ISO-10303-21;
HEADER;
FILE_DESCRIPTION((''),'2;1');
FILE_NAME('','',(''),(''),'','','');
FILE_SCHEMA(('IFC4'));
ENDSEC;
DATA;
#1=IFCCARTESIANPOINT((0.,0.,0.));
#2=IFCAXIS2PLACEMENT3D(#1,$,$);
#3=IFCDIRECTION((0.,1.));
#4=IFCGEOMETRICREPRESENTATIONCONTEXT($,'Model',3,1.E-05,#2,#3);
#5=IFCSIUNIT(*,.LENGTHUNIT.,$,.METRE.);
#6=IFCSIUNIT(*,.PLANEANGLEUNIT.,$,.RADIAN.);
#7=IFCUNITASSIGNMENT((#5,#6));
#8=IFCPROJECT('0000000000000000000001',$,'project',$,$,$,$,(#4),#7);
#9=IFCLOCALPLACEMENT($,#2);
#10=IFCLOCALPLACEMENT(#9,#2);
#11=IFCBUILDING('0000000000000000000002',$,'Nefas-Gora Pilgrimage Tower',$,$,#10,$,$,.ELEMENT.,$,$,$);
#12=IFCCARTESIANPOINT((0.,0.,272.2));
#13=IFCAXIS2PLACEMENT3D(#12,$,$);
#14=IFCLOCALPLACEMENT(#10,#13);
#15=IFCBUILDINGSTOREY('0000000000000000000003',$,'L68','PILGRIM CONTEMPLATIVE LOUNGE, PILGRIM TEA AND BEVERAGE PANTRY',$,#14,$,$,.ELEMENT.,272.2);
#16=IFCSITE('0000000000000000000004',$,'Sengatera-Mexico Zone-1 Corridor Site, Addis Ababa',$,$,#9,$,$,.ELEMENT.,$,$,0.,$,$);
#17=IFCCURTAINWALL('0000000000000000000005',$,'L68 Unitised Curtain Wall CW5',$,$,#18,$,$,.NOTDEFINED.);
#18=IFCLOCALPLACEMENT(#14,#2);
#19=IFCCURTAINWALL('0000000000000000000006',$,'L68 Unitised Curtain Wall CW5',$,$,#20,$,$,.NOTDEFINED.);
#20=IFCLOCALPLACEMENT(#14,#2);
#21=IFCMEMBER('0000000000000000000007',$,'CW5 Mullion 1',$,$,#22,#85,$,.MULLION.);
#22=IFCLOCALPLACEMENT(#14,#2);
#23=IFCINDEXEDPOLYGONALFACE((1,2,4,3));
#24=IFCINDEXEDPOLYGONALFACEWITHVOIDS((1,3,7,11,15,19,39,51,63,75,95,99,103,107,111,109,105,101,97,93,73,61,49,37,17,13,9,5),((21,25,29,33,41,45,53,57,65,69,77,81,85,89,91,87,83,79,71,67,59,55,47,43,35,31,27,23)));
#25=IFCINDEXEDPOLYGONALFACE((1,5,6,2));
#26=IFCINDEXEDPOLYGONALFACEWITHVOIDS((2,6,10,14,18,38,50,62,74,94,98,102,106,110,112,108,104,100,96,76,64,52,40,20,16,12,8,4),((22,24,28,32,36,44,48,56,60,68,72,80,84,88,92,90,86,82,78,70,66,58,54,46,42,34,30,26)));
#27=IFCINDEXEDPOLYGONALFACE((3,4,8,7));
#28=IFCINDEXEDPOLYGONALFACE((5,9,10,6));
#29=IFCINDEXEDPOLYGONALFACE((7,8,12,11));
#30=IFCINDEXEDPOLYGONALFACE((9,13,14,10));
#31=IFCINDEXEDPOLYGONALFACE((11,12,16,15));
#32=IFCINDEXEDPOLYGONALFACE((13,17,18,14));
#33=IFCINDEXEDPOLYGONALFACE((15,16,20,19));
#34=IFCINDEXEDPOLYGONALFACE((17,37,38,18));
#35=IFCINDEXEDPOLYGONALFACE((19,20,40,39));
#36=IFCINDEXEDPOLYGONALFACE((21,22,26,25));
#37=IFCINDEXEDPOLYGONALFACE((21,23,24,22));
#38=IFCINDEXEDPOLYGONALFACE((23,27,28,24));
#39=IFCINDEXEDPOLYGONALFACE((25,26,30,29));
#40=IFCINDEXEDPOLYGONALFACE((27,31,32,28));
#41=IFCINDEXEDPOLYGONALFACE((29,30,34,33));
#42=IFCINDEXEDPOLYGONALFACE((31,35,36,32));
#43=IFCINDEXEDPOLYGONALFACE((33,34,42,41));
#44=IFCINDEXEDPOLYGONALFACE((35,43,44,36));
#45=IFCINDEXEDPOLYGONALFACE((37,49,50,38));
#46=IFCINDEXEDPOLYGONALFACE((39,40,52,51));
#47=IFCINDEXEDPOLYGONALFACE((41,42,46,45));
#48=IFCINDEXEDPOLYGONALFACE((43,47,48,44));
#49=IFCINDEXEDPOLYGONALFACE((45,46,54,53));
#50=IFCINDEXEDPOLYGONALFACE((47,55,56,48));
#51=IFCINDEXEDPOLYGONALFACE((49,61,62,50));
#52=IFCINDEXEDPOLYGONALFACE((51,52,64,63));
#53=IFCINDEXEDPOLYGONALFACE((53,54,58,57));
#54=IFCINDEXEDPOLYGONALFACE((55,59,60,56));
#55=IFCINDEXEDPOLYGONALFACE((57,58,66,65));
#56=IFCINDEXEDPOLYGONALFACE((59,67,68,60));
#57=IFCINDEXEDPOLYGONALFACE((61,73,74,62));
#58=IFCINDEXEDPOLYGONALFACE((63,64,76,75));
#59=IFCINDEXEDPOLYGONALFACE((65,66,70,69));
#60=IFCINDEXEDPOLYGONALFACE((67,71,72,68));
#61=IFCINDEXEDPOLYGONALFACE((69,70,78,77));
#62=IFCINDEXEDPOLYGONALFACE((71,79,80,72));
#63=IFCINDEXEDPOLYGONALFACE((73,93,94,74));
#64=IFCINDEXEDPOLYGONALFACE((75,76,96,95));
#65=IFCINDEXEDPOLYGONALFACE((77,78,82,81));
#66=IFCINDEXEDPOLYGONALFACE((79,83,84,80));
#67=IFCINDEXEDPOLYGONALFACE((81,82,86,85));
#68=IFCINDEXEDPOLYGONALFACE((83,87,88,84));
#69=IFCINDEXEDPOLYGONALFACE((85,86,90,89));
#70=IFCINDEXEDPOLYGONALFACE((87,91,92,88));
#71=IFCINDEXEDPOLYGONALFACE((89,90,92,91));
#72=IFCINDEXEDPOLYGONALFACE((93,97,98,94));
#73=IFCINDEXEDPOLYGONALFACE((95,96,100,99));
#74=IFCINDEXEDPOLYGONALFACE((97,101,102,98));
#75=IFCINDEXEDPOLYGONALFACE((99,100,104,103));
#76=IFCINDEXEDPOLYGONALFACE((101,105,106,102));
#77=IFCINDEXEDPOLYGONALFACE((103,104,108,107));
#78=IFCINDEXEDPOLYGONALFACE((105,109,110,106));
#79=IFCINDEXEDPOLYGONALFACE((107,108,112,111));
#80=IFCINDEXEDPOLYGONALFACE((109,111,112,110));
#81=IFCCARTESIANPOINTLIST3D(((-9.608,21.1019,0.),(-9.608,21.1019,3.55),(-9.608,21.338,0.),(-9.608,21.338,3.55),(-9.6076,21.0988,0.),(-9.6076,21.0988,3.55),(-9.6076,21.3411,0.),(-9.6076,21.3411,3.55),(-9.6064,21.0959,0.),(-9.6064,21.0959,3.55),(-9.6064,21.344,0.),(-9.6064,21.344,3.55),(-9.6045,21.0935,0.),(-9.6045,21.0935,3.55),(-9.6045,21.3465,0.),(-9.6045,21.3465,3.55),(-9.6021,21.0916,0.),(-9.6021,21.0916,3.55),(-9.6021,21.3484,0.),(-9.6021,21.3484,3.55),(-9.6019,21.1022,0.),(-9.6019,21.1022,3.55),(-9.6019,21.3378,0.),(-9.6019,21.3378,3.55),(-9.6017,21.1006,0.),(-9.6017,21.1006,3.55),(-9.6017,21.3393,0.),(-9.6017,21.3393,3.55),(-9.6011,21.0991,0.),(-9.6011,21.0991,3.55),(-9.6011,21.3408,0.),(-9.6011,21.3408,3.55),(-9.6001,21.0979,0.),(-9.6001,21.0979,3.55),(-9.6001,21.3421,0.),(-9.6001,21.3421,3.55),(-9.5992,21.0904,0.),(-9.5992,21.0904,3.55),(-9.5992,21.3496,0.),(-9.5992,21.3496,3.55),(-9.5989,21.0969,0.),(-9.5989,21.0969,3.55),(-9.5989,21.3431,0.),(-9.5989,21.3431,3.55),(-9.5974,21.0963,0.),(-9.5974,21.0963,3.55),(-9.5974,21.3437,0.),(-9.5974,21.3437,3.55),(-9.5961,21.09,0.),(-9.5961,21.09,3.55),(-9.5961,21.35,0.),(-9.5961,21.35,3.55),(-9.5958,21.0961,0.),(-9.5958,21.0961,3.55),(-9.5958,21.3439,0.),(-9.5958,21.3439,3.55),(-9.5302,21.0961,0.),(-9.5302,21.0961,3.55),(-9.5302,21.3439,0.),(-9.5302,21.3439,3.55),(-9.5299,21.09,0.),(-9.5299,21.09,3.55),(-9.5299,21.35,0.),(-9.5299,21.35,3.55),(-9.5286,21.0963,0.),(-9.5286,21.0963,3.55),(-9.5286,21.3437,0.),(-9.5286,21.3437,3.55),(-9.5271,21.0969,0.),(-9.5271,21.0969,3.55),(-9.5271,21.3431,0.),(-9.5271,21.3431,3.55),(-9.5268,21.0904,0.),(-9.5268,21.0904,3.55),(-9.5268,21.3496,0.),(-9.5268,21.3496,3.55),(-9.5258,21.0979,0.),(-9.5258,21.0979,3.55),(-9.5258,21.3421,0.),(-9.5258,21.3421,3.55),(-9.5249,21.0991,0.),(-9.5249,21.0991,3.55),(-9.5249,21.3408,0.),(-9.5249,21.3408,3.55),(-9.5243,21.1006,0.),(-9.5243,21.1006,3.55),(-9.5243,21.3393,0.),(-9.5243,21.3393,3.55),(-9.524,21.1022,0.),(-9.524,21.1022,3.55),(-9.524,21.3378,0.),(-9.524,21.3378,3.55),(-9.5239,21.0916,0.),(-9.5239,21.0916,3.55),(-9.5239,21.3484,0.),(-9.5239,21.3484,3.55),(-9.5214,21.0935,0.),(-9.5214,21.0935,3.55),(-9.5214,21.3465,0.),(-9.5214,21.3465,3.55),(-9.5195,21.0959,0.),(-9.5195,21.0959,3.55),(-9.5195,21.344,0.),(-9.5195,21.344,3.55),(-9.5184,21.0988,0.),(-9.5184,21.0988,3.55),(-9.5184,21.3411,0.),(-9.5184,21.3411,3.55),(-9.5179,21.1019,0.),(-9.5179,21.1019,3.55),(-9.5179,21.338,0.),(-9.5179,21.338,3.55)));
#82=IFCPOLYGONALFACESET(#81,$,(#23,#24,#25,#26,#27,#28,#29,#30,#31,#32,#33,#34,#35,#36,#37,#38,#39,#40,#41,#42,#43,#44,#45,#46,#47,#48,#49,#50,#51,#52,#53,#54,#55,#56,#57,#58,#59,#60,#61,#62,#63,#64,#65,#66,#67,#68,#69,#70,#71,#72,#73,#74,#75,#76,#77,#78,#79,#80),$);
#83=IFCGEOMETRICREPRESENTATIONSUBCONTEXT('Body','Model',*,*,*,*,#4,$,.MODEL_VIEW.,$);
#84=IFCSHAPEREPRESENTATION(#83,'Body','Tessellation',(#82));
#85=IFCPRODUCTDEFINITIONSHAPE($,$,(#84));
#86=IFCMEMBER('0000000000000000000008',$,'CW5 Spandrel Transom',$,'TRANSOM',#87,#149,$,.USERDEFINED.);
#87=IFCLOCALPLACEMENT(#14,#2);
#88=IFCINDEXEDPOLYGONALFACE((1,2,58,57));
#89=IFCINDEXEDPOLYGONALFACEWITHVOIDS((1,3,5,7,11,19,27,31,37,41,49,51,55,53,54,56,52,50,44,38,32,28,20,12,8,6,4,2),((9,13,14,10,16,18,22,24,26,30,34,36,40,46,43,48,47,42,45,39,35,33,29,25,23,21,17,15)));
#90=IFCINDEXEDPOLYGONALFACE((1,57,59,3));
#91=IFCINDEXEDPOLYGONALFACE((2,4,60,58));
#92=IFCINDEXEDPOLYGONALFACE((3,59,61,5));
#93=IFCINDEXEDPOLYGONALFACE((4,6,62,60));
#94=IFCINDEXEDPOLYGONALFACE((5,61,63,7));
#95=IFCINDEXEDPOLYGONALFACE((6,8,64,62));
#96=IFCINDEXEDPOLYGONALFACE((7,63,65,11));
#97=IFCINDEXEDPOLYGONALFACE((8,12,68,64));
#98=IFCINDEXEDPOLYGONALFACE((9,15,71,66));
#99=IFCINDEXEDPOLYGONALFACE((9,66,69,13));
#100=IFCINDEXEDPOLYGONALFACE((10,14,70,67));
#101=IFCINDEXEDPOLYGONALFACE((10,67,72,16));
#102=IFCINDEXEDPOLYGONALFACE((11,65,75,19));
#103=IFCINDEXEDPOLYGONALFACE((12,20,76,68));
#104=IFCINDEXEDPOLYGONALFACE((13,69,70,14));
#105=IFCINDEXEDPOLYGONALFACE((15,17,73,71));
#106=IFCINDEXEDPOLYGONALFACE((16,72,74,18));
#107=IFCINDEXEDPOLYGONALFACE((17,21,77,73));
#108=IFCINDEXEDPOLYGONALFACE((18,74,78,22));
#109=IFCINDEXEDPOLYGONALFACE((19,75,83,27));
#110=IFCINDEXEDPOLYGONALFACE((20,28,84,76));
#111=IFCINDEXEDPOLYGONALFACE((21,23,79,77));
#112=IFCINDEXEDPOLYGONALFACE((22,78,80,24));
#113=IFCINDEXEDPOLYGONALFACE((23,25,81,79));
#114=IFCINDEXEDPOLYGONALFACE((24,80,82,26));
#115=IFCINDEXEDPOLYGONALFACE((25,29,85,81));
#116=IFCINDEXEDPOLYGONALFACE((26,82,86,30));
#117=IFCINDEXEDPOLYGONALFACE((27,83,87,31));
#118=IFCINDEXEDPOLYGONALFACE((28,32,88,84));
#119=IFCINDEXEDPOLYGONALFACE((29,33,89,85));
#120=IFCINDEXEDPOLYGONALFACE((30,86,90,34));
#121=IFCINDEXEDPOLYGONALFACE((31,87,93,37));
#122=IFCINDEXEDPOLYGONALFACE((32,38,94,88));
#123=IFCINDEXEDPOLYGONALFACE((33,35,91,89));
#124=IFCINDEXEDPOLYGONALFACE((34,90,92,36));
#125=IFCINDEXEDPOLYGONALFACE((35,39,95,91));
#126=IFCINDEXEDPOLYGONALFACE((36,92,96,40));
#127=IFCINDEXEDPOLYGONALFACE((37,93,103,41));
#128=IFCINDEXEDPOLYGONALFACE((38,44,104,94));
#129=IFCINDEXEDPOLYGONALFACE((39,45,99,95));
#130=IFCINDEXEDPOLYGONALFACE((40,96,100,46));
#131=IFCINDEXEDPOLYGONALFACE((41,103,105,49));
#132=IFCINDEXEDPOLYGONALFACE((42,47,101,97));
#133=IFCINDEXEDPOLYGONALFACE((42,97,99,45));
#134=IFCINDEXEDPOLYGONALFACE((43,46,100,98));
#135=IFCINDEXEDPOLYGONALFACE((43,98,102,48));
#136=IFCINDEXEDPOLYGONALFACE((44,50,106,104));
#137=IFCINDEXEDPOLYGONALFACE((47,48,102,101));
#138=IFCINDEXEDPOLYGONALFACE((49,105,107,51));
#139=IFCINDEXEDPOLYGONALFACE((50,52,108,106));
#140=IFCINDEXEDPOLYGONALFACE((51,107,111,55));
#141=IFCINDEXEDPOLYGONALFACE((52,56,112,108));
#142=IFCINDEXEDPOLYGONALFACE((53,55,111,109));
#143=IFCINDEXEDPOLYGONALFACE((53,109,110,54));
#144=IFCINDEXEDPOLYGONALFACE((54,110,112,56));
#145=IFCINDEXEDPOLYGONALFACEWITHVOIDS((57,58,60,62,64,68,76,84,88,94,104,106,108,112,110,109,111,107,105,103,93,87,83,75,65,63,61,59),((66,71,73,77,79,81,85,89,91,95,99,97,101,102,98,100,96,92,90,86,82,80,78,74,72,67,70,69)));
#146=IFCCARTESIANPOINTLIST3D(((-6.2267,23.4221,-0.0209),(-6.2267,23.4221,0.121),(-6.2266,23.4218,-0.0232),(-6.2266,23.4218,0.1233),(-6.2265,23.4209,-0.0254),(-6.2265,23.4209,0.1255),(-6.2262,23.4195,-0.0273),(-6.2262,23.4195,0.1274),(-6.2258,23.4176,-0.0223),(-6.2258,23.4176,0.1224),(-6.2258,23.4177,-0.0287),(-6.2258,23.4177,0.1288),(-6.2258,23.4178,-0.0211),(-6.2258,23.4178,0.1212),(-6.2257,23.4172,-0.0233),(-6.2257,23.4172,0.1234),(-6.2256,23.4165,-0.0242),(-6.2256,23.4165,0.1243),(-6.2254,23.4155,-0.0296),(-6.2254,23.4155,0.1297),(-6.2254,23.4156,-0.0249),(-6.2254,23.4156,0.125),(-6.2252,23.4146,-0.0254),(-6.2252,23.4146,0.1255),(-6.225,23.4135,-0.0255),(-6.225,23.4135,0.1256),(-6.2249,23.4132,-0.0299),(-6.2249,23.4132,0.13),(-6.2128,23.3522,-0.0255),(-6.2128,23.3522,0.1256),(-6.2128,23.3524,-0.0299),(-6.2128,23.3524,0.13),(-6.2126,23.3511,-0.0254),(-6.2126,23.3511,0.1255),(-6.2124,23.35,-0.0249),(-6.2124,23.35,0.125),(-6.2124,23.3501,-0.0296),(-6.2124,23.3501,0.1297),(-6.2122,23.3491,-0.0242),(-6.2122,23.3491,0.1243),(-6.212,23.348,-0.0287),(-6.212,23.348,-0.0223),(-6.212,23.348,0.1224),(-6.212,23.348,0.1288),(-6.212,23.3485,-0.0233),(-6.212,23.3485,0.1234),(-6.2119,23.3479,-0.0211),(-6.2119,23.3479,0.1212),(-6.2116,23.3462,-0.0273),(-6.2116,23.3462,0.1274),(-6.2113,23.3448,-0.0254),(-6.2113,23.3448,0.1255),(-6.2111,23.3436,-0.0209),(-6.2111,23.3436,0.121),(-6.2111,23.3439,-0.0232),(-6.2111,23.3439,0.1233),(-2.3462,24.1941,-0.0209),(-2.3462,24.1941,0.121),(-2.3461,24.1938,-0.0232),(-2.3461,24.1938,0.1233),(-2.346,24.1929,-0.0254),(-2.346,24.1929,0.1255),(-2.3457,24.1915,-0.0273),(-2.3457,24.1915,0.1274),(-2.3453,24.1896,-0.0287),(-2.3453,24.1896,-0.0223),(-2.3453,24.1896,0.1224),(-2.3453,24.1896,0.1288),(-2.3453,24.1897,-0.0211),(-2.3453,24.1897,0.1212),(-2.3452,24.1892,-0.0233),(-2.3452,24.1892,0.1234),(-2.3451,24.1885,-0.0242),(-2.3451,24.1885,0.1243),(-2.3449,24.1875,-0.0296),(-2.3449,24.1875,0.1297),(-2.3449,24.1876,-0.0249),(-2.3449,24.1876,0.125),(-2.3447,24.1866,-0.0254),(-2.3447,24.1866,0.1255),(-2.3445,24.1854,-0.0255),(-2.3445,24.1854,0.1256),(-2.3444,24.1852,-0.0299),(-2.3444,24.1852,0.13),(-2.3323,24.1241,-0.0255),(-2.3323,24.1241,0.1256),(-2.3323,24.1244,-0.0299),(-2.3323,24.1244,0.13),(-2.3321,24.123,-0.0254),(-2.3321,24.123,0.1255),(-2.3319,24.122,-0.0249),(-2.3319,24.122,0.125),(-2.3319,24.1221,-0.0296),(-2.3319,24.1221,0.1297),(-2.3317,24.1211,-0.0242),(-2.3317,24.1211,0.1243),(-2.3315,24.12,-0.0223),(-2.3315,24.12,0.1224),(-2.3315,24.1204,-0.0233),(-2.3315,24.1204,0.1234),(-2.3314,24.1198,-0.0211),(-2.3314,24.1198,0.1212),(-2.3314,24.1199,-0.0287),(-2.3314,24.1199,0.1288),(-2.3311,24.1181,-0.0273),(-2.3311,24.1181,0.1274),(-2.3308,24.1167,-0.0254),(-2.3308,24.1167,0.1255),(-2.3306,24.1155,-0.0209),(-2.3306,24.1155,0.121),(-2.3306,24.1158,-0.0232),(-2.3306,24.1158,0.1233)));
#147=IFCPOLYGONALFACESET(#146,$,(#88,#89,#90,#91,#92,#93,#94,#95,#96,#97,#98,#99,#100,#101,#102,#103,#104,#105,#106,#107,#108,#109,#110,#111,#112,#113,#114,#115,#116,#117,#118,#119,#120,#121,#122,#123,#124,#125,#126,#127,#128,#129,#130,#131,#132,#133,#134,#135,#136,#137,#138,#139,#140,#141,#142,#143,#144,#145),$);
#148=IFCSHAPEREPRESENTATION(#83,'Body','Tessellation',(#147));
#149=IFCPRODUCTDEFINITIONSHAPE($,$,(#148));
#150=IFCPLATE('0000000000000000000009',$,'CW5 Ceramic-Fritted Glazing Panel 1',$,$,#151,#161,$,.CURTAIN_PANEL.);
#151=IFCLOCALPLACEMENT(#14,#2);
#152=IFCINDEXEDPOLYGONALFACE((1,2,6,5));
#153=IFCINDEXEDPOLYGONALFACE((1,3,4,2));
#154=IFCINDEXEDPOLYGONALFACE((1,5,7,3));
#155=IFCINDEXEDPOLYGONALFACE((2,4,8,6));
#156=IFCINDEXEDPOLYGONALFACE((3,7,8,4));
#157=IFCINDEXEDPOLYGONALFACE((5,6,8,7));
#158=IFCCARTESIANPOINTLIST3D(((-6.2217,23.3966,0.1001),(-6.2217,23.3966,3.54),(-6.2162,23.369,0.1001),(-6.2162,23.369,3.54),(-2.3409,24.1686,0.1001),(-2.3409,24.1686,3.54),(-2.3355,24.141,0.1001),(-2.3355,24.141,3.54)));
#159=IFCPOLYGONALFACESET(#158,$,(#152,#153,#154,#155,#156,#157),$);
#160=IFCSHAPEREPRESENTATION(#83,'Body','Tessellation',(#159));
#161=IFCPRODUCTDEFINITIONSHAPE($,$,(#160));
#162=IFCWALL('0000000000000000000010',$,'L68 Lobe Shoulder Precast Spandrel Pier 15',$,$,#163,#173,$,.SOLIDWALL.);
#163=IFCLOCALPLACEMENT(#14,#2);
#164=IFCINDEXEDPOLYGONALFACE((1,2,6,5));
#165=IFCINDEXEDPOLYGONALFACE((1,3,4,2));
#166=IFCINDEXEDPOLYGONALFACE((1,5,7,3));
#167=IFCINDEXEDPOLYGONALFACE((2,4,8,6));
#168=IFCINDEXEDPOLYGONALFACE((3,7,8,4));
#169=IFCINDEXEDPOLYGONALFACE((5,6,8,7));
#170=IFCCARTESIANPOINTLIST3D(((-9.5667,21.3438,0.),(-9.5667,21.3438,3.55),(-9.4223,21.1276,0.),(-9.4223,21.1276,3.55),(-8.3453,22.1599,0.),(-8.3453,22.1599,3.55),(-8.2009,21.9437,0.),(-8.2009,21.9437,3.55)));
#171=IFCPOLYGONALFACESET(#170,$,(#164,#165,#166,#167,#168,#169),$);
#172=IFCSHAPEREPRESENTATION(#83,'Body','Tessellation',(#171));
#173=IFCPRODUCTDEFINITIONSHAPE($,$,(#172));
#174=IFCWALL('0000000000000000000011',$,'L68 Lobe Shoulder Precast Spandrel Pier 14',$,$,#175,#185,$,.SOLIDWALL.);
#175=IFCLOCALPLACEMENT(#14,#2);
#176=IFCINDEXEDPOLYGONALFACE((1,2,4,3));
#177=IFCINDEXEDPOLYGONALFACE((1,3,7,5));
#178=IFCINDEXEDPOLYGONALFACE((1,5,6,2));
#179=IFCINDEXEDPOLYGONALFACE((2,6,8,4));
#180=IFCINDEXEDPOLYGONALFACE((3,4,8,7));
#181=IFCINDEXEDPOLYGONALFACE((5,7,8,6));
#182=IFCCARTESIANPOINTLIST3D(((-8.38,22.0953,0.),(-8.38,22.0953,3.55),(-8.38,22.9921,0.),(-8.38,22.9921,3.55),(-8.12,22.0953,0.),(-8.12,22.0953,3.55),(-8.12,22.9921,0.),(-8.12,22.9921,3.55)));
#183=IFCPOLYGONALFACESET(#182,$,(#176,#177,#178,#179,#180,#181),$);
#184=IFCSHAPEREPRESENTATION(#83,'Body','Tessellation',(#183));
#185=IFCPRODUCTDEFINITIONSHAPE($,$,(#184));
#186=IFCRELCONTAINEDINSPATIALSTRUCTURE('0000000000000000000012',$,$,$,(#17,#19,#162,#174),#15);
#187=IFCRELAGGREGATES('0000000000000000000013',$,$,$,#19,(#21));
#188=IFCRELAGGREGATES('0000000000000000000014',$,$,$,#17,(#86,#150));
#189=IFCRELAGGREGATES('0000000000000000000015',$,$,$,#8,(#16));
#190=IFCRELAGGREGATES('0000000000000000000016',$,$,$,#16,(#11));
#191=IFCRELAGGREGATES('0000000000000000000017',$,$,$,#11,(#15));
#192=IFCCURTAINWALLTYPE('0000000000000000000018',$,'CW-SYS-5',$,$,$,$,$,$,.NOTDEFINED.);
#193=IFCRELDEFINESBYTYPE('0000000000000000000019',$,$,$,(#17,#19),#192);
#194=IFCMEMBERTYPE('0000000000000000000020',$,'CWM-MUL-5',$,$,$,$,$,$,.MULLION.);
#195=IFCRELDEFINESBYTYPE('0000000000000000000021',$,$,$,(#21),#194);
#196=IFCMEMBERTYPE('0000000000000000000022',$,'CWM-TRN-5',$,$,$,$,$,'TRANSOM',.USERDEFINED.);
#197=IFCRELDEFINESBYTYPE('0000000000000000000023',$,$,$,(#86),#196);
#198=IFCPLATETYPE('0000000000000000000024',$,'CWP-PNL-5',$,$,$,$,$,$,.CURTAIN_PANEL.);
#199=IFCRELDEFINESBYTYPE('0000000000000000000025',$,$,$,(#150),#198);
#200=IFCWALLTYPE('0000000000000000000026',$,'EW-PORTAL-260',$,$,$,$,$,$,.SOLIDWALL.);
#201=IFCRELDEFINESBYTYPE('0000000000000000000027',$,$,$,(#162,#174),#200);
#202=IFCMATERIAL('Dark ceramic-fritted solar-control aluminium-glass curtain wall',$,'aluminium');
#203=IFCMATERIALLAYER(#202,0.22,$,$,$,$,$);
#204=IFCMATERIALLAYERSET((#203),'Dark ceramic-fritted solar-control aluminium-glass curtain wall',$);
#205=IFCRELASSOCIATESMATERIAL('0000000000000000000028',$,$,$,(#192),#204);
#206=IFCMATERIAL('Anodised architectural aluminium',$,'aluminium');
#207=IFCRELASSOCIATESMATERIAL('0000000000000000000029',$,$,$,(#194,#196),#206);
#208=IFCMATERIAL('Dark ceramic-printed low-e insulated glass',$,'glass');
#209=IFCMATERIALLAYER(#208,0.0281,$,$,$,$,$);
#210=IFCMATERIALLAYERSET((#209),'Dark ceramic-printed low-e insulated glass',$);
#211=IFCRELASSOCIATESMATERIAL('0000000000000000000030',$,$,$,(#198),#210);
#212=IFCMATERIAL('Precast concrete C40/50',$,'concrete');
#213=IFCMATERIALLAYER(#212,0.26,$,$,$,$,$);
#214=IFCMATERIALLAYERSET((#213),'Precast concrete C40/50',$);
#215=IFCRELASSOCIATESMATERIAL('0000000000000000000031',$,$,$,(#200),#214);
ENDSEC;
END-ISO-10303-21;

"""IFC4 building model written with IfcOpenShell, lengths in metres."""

from ifc_helpers import new_model, si_unit, direction, frame, frame_2d, origin, origin_2d, place, context, subcontext, project, spatial, rectangle, hollow_rectangle, extrude, source, transform, mapped, material, layer, layer_set, material_profile, profile_set, type_object, element, aggregate, save


model = new_model("IFC4")

# Units and contexts
model_context = context("Model", 3, precision=1e-05, world=origin(), true_north=direction((0.0, 1.0)))
body_context = subcontext(model_context, "Body", "Model", "MODEL_VIEW")
ifc_project = project(units=[si_unit("LENGTHUNIT", "METRE"), si_unit("PLANEANGLEUNIT", "RADIAN")], contexts=[model_context])

# Site, building, storey
site_placement = place(None, origin())
site = spatial("IfcSite", under=ifc_project, at=site_placement, Name="Sengatera-Mexico Zone-1 Corridor Site, Addis Ababa", CompositionType="ELEMENT", RefElevation=0.0)
building_placement = place(site_placement, origin())
building = spatial("IfcBuilding", under=site, at=building_placement, Name="Nefas-Gora Pilgrimage Tower", CompositionType="ELEMENT")
storey_placement = place(building_placement, frame((0.0, 0.0, 272.2)))
storey = spatial("IfcBuildingStorey", under=building, at=storey_placement, Name="L68", Description="PILGRIM CONTEMPLATIVE LOUNGE, PILGRIM TEA AND BEVERAGE PANTRY", CompositionType="ELEMENT", Elevation=272.2)

# Curtain wall
ifc_material_1 = material(Name="Dark ceramic-fritted solar-control aluminium-glass curtain wall", Category="aluminium")
ifc_layer_1 = layer(ifc_material_1, 0.22)
ifc_layer_set_1 = layer_set([ifc_layer_1], Name="Dark ceramic-fritted solar-control aluminium-glass curtain wall")
curtain_wall_type = type_object("IfcCurtainWallType", Name="CW-SYS-5", PredefinedType="NOTDEFINED", material=ifc_layer_set_1)
curtain_wall_1_placement = place(storey_placement, origin())
curtain_wall_1 = element("IfcCurtainWall", 1, at=curtain_wall_1_placement, inside=storey, type_object=curtain_wall_type, Name="L68 Unitised Curtain Wall CW5", PredefinedType="NOTDEFINED")
ifc_material_2 = material(Name="Anodised architectural aluminium", Category="aluminium")
ifc_material_profile_1 = material_profile(ifc_material_2, hollow_rectangle(XDim=0.0901, YDim=0.26, WallThickness=0.0061, InnerFilletRadius=0.0061, OuterFilletRadius=0.012, at=origin_2d()), Name="ALU MULLION 90x260")
ifc_profile_set_1 = profile_set([ifc_material_profile_1], Name="Anodised architectural aluminium")
member_type_1 = type_object("IfcMemberType", Name="CWM-MUL-5", PredefinedType="MULLION", material=ifc_profile_set_1)
shared_shape_1 = source(origin(), body_context, "Body", "SweptSolid", [
    extrude(hollow_rectangle(XDim=0.0901, YDim=0.26, WallThickness=0.0061, InnerFilletRadius=0.0061, OuterFilletRadius=0.012, at=origin_2d()), origin(), (0.0, 0.0, 1.0), 3.55),
])

# Curtain wall, member
curtain_wall_2_placement = place(storey_placement, origin())
curtain_wall_2 = element("IfcCurtainWall", 2, at=curtain_wall_2_placement, inside=storey, type_object=curtain_wall_type, Name="L68 Unitised Curtain Wall CW5", PredefinedType="NOTDEFINED")
member_1_placement = place(storey_placement, frame((-9.563, 21.22, 0.0), z_axis=(0.0, 0.0, 1.0), x_axis=(-1.0, 0.0, 0.0)))
member_1 = element("IfcMember", 3, at=member_1_placement, type_object=member_type_1, Name="CW5 Mullion 1", PredefinedType="MULLION", context=body_context, shape_type="MappedRepresentation", body=[
    mapped(shared_shape_1, transform((0.0, 0.0, 0.0), x_axis=(1.0, 0.0, 0.0), y_axis=(0.0, 1.0, 0.0), z_axis=(0.0, 0.0, 1.0), scale=1.0)),
])
aggregate(curtain_wall_2, [member_1])

# Member
ifc_material_profile_2 = material_profile(ifc_material_2, hollow_rectangle(XDim=0.0801, YDim=0.1599, WallThickness=0.0044, InnerFilletRadius=0.0044, OuterFilletRadius=0.009, at=origin_2d()), Name="ALU TRANSOM 80x160")
ifc_profile_set_2 = profile_set([ifc_material_profile_2], Name="Anodised architectural aluminium")
member_type_2 = type_object("IfcMemberType", Name="CWM-TRN-5", ElementType="TRANSOM", PredefinedType="USERDEFINED", material=ifc_profile_set_2)
shared_shape_2 = source(origin(), body_context, "Body", "SweptSolid", [
    extrude(hollow_rectangle(XDim=0.0801, YDim=0.1599, WallThickness=0.0044, InnerFilletRadius=0.0044, OuterFilletRadius=0.009, at=origin_2d()), origin(), (0.0, 0.0, 1.0), 3.9565),
])
member_2_placement = place(storey_placement, frame((-2.3384, 24.1548, 0.05), z_axis=(-0.980782, -0.195107, 0.0), x_axis=(0.195107, -0.980782, 0.0)))
member_2 = element("IfcMember", 4, at=member_2_placement, type_object=member_type_2, Name="CW5 Spandrel Transom", ObjectType="TRANSOM", PredefinedType="USERDEFINED", context=body_context, shape_type="MappedRepresentation", body=[
    mapped(shared_shape_2, transform((0.0, 0.0, 0.0), x_axis=(1.0, 0.0, 0.0), y_axis=(0.0, 1.0, 0.0), z_axis=(0.0, 0.0, 1.0), scale=1.0)),
])

# Plate
ifc_material_3 = material(Name="Dark ceramic-printed low-e insulated glass", Category="glass")
ifc_layer_2 = layer(ifc_material_3, 0.0281)
ifc_layer_set_2 = layer_set([ifc_layer_2], Name="Dark ceramic-printed low-e insulated glass")
plate_type = type_object("IfcPlateType", Name="CWP-PNL-5", PredefinedType="CURTAIN_PANEL", material=ifc_layer_set_2)
shared_shape_3 = source(origin(), body_context, "Body", "SweptSolid", [
    extrude(rectangle(XDim=3.9568, YDim=0.0281, at=origin_2d()), origin(), (0.0, 0.0, 1.0), 3.4399),
])
plate_placement = place(storey_placement, frame((-4.2786, 23.7688, 0.1001), z_axis=(0.0, 0.0, 1.0), x_axis=(-0.980783, -0.195102, 0.0)))
plate = element("IfcPlate", 5, at=plate_placement, type_object=plate_type, Name="CW5 Ceramic-Fritted Glazing Panel 1", PredefinedType="CURTAIN_PANEL", context=body_context, shape_type="MappedRepresentation", body=[
    mapped(shared_shape_3, transform((0.0, 0.0, 0.0), x_axis=(1.0, 0.0, 0.0), y_axis=(0.0, 1.0, 0.0), z_axis=(0.0, 0.0, 1.0), scale=1.0)),
])
aggregate(curtain_wall_1, [member_2, plate])

# Walls
ifc_material_4 = material(Name="Precast concrete C40/50", Category="concrete")
ifc_layer_3 = layer(ifc_material_4, 0.26)
ifc_layer_set_3 = layer_set([ifc_layer_3], Name="Precast concrete C40/50")
wall_type_1 = type_object("IfcWallType", Name="EW-PORTAL-260", PredefinedType="SOLIDWALL", material=ifc_layer_set_3)
shared_shape_4 = source(origin(), body_context, "Body", "SweptSolid", [
    extrude(rectangle(XDim=1.469, YDim=0.26, at=frame_2d((0.7344, 0.0))), origin(), (0.0, 0.0, 1.0), 3.55),
])
wall_1_placement = place(storey_placement, frame((-8.2732, 22.0518, 0.0), z_axis=(0.0, 0.0, 1.0), x_axis=(-0.831462, -0.555582, 0.0)))
element("IfcWall", 6, at=wall_1_placement, inside=storey, type_object=wall_type_1, Name="L68 Lobe Shoulder Precast Spandrel Pier 15", PredefinedType="SOLIDWALL", context=body_context, shape_type="MappedRepresentation", body=[
    mapped(shared_shape_4, transform((0.0, 0.0, 0.0), x_axis=(1.0, 0.0, 0.0), y_axis=(0.0, 1.0, 0.0), z_axis=(0.0, 0.0, 1.0), scale=1.0)),
])
shared_shape_5 = source(origin(), body_context, "Body", "SweptSolid", [
    extrude(rectangle(XDim=0.8967, YDim=0.26, at=frame_2d((0.4482, 0.0))), origin(), (0.0, 0.0, 1.0), 3.55),
])
wall_2_placement = place(storey_placement, frame((-8.25, 22.9919, 0.0), z_axis=(0.0, 0.0, 1.0), x_axis=(0.0, -1.0, 0.0)))
element("IfcWall", 7, at=wall_2_placement, inside=storey, type_object=wall_type_1, Name="L68 Lobe Shoulder Precast Spandrel Pier 14", PredefinedType="SOLIDWALL", context=body_context, shape_type="MappedRepresentation", body=[
    mapped(shared_shape_5, transform((0.0, 0.0, 0.0), x_axis=(1.0, 0.0, 0.0), y_axis=(0.0, 1.0, 0.0), z_axis=(0.0, 0.0, 1.0), scale=1.0)),
])

save(model, "model.ifc")
